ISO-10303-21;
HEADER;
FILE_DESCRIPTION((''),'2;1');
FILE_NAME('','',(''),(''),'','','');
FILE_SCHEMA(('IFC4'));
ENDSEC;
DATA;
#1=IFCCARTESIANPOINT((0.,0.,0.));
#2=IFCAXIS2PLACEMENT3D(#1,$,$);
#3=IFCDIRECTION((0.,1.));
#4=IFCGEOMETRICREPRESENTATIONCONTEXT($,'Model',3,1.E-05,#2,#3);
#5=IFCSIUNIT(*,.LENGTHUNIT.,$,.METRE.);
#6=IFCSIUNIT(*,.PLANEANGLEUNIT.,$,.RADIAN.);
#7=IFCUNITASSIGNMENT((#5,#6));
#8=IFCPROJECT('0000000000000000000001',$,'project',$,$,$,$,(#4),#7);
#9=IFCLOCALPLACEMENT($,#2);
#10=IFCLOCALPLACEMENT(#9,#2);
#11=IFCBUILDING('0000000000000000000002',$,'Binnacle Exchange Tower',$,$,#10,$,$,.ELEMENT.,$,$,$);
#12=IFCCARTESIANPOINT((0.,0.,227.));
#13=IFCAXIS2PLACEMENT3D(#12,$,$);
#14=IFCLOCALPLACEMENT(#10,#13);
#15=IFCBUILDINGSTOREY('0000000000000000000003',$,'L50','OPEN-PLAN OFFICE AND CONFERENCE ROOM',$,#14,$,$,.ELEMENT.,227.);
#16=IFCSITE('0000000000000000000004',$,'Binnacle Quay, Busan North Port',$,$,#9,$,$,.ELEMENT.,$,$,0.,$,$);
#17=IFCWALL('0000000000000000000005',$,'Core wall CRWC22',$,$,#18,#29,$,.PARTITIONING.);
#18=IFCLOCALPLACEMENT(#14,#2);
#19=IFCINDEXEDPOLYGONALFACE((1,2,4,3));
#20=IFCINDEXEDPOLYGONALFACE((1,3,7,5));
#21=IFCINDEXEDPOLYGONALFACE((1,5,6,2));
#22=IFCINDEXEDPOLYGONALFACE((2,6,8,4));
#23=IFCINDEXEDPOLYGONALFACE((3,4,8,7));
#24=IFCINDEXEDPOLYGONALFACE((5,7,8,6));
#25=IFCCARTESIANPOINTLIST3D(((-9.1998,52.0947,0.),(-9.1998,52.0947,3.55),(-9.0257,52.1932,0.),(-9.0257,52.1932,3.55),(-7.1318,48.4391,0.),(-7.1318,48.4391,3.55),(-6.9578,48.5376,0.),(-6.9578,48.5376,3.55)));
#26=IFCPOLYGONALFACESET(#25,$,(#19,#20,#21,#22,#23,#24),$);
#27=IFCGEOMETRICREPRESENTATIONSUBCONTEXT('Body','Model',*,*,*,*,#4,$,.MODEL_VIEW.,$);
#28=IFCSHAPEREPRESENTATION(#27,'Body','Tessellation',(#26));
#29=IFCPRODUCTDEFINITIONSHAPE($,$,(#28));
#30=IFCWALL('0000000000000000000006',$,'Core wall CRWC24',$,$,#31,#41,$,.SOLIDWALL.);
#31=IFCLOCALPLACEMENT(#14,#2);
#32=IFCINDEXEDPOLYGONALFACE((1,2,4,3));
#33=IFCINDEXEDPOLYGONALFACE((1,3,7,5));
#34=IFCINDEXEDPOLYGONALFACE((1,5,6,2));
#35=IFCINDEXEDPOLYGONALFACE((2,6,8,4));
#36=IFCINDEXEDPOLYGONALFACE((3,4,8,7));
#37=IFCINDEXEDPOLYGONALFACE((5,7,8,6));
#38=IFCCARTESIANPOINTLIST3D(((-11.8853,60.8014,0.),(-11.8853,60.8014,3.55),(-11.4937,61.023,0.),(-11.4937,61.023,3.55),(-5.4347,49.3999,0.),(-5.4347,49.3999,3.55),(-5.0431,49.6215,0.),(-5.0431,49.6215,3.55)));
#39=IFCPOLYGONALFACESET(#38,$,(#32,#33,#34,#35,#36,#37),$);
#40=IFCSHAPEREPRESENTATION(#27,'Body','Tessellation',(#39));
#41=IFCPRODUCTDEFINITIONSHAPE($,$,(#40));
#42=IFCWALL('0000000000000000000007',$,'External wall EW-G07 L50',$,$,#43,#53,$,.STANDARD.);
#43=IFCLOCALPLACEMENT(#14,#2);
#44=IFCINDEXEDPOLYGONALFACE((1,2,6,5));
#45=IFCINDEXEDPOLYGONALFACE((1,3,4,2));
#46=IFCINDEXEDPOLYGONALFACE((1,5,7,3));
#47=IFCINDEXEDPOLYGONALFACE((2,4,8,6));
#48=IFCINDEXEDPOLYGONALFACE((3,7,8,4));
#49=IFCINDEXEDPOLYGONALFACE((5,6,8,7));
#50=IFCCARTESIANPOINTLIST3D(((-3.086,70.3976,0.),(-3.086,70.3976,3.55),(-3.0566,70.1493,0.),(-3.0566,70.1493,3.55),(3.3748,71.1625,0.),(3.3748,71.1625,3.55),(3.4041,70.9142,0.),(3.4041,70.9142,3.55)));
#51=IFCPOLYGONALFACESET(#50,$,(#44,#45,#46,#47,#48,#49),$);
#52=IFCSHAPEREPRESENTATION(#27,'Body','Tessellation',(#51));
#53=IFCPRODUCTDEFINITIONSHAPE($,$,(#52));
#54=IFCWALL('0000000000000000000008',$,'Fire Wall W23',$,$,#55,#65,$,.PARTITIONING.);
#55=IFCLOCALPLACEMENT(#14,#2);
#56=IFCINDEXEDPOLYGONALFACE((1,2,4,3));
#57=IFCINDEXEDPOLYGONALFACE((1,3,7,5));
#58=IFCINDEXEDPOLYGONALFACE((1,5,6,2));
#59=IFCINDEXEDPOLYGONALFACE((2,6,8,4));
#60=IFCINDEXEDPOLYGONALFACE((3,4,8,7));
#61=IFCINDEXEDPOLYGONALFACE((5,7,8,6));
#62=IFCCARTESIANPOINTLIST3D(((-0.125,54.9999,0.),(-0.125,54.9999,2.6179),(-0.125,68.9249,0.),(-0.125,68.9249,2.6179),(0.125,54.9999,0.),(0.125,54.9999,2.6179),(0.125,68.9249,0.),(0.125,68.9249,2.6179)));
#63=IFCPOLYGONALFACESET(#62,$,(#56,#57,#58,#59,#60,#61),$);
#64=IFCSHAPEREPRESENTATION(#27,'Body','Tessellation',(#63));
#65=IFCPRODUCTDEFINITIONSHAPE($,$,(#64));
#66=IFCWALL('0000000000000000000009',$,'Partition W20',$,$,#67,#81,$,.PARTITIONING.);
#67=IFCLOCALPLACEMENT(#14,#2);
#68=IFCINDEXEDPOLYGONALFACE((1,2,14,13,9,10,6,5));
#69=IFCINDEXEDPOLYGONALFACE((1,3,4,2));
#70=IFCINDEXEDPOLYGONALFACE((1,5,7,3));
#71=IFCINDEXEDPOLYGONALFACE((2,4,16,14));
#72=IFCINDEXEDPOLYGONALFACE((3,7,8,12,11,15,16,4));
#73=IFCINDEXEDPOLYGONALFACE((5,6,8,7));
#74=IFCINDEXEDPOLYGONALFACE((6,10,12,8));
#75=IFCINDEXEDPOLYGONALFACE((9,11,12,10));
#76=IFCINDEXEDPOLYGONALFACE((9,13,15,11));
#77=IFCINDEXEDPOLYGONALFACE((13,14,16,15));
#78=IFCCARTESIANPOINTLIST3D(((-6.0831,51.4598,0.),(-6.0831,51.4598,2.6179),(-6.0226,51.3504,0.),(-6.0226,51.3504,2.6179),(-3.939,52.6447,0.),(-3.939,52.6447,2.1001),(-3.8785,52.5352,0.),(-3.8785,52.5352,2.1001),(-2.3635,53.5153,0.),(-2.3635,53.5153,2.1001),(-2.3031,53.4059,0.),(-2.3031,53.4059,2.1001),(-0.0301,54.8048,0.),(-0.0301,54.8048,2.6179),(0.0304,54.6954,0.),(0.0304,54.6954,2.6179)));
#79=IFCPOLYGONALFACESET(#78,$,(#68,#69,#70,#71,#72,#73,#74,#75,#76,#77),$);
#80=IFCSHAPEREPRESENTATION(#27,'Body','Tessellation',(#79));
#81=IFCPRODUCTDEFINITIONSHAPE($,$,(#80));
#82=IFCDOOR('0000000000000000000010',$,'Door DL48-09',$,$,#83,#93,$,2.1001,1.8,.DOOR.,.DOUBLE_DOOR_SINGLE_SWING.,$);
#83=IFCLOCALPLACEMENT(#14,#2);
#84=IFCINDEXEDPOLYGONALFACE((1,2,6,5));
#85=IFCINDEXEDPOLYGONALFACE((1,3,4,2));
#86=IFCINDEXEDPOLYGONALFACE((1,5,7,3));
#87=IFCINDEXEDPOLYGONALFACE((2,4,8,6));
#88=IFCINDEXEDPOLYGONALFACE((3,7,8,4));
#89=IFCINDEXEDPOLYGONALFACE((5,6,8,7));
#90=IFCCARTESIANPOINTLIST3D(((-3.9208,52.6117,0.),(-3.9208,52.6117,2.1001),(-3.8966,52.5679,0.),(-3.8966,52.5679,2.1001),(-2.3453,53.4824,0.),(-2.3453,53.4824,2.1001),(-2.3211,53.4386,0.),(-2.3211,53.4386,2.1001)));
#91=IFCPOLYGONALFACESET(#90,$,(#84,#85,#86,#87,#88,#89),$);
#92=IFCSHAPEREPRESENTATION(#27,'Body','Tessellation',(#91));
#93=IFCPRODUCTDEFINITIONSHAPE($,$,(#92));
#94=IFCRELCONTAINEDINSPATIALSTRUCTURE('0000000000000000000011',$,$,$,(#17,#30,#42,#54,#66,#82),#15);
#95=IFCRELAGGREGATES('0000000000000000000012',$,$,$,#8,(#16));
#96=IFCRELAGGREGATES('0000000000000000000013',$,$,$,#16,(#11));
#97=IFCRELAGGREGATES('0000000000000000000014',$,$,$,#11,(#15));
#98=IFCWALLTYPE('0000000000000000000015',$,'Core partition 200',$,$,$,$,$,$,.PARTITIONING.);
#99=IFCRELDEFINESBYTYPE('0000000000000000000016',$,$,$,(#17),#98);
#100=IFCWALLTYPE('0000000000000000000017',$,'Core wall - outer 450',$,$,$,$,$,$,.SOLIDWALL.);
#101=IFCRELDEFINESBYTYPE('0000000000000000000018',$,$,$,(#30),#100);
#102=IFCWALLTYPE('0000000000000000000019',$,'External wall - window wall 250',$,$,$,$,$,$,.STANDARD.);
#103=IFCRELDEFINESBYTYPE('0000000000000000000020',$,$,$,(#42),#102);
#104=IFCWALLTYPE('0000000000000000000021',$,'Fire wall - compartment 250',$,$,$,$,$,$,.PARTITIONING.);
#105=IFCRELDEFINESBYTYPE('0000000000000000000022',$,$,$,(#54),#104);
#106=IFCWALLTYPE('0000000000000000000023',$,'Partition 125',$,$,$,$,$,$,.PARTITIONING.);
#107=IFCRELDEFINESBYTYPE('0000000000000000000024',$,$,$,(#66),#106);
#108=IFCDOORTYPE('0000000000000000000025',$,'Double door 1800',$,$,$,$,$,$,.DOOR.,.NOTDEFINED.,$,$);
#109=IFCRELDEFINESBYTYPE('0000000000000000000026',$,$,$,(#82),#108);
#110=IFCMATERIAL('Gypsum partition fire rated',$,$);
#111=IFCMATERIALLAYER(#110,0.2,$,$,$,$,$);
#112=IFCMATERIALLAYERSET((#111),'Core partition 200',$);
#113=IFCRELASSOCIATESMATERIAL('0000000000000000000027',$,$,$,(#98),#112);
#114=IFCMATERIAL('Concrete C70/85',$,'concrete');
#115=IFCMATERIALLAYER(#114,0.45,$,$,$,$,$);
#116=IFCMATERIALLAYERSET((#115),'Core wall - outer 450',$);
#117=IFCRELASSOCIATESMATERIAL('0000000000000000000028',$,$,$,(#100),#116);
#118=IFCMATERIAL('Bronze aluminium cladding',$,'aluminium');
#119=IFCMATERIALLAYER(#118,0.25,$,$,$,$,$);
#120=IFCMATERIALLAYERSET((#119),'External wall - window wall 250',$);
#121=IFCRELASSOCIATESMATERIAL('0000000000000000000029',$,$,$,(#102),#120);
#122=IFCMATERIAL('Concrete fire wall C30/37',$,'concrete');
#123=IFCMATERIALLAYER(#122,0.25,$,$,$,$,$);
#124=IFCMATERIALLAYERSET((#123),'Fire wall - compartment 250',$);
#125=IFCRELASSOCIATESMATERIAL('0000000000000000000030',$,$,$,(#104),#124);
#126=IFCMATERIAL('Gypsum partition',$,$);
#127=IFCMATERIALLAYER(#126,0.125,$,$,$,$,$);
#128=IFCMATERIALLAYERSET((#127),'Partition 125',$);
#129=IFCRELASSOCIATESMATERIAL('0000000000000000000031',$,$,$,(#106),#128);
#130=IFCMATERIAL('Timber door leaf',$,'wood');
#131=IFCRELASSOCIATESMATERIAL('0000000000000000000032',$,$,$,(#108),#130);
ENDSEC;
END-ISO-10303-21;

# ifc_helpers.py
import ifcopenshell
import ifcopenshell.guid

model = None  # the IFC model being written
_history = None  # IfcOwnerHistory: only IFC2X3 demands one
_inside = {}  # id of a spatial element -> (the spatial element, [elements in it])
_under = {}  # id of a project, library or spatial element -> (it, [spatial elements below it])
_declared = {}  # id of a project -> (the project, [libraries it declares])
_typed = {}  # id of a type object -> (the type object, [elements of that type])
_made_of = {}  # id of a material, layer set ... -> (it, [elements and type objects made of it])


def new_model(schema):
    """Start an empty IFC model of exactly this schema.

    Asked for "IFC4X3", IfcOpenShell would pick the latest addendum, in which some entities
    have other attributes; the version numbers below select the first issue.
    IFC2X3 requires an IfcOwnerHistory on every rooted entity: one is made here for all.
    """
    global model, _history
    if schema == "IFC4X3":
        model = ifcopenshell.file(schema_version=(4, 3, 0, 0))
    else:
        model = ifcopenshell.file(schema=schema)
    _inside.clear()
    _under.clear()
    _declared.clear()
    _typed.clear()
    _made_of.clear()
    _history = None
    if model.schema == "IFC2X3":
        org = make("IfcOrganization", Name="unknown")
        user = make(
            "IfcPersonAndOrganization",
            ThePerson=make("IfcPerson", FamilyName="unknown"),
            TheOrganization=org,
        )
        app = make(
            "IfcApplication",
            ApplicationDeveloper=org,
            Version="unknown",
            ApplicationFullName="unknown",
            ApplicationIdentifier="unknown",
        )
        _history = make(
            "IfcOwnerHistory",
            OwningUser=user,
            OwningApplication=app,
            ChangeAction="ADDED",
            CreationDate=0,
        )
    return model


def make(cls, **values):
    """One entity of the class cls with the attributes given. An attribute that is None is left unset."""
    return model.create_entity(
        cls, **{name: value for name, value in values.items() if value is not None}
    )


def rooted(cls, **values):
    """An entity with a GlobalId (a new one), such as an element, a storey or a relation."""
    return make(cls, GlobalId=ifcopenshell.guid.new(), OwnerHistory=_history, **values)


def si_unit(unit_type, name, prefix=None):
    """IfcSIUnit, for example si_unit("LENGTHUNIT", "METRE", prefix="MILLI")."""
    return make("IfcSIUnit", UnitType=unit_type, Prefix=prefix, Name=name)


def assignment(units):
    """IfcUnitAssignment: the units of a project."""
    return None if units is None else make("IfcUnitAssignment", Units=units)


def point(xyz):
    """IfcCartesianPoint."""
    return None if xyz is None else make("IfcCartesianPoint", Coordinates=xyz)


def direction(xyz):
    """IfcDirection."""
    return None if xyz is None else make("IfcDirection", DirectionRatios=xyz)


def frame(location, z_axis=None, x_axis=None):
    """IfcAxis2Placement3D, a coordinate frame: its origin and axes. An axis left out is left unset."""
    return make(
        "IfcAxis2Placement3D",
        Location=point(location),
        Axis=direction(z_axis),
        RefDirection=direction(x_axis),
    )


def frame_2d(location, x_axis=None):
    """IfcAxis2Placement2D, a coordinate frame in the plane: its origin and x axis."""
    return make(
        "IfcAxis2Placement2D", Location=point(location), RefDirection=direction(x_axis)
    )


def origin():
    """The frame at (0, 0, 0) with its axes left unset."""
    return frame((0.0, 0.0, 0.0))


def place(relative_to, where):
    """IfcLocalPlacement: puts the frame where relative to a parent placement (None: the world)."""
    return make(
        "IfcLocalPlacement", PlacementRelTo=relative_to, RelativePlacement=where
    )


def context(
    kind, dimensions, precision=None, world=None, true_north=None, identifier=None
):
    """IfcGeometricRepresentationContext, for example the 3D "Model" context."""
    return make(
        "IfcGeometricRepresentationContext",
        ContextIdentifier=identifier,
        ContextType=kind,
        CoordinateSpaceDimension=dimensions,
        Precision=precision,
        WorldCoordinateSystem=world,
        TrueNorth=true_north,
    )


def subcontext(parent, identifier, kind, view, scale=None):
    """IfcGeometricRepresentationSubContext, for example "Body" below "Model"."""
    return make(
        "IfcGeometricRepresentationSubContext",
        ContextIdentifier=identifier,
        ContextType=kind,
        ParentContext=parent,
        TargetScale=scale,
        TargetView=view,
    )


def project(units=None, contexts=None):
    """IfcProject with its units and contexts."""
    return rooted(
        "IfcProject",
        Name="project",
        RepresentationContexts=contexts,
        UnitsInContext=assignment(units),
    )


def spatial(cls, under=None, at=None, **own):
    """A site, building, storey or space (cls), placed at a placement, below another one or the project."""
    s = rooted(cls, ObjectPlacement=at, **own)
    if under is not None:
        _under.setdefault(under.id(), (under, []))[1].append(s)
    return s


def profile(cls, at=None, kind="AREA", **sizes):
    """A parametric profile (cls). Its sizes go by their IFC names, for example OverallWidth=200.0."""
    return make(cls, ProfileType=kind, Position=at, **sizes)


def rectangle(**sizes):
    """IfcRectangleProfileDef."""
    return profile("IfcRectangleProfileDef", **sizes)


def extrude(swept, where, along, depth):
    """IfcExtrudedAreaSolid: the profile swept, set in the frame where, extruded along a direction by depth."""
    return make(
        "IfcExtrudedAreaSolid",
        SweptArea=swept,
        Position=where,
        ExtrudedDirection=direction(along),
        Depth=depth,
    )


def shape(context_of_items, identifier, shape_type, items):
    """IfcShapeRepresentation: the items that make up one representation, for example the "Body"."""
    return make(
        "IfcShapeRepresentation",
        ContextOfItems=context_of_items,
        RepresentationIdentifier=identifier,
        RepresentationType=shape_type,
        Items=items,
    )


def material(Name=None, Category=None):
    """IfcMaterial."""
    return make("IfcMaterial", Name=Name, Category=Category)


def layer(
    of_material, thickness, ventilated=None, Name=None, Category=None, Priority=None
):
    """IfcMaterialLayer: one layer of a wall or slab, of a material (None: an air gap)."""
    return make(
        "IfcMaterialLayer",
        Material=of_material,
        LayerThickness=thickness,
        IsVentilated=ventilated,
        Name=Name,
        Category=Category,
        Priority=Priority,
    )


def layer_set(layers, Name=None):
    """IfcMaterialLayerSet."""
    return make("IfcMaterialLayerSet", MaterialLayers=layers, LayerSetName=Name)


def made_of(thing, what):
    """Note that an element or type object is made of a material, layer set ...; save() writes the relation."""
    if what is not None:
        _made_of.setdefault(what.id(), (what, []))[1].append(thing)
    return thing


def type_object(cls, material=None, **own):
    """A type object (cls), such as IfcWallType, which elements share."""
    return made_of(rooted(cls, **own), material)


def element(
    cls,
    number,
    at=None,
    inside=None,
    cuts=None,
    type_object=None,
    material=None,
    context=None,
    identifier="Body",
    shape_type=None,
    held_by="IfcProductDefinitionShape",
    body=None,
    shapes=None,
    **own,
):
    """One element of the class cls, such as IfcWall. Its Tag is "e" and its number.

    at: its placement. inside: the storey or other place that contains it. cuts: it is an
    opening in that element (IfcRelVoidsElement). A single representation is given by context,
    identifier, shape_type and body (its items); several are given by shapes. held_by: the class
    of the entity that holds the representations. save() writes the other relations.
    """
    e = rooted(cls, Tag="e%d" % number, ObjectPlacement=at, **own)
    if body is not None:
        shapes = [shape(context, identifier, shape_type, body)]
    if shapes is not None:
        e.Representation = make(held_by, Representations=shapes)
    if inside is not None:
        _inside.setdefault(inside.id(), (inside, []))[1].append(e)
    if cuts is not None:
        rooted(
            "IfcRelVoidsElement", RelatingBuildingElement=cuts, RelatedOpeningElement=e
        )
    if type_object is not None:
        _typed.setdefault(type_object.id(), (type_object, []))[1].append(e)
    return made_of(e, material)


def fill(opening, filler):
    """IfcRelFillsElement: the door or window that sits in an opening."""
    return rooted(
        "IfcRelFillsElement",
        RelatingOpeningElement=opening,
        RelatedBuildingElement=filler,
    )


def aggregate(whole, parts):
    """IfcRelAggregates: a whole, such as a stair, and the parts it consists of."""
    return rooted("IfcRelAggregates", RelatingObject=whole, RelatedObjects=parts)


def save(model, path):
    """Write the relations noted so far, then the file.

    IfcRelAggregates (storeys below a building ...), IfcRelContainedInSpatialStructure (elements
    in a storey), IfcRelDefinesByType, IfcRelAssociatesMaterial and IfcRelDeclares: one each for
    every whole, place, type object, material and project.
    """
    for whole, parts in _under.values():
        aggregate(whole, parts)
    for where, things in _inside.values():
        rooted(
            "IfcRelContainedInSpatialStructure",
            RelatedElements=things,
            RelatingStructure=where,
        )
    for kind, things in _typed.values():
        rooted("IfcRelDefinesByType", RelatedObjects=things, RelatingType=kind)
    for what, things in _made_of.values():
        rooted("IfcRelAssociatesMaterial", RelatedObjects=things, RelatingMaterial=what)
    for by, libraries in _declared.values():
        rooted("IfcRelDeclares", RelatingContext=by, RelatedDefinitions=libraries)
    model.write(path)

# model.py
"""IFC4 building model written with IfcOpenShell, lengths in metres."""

from ifc_helpers import new_model, si_unit, direction, frame, frame_2d, origin, place, context, subcontext, project, spatial, rectangle, extrude, material, layer, layer_set, type_object, element, fill, save


model = new_model("IFC4")

# Units and contexts
model_context = context("Model", 3, precision=1e-05, world=origin(), true_north=direction((0.0, 1.0)))
body_context = subcontext(model_context, "Body", "Model", "MODEL_VIEW")
ifc_project = project(units=[si_unit("LENGTHUNIT", "METRE"), si_unit("PLANEANGLEUNIT", "RADIAN")], contexts=[model_context])

# Site, building, storey
site_placement = place(None, origin())
site = spatial("IfcSite", under=ifc_project, at=site_placement, Name="Binnacle Quay, Busan North Port", CompositionType="ELEMENT", RefElevation=0.0)
building_placement = place(site_placement, origin())
building = spatial("IfcBuilding", under=site, at=building_placement, Name="Binnacle Exchange Tower", CompositionType="ELEMENT")
storey_placement = place(building_placement, frame((0.0, 0.0, 227.0)))
storey = spatial("IfcBuildingStorey", under=building, at=storey_placement, Name="L50", Description="OPEN-PLAN OFFICE AND CONFERENCE ROOM", CompositionType="ELEMENT", Elevation=227.0)

# Walls
ifc_material_1 = material(Name="Gypsum partition fire rated")
ifc_layer_1 = layer(ifc_material_1, 0.2)
ifc_layer_set_1 = layer_set([ifc_layer_1], Name="Core partition 200")
wall_type_1 = type_object("IfcWallType", Name="Core partition 200", PredefinedType="PARTITIONING", material=ifc_layer_set_1)
wall_1_placement = place(storey_placement, frame((-9.1128, 52.144, 0.0), z_axis=(0.0, 0.0, 1.0), x_axis=(0.492366, -0.870388, 0.0)))
element("IfcWall", 1, at=wall_1_placement, inside=storey, type_object=wall_type_1, Name="Core wall CRWC22", PredefinedType="PARTITIONING", context=body_context, shape_type="SweptSolid", body=[
    extrude(rectangle(XDim=4.2, YDim=0.2, at=frame_2d((2.1001, 0.0))), origin(), (0.0, 0.0, 1.0), 3.55),
])
ifc_material_2 = material(Name="Concrete C70/85", Category="concrete")
ifc_layer_2 = layer(ifc_material_2, 0.45)
ifc_layer_set_2 = layer_set([ifc_layer_2], Name="Core wall - outer 450")
wall_type_2 = type_object("IfcWallType", Name="Core wall - outer 450", PredefinedType="SOLIDWALL", material=ifc_layer_set_2)
wall_2_placement = place(storey_placement, frame((-11.6895, 60.9121, 0.0), z_axis=(0.0, 0.0, 1.0), x_axis=(0.492421, -0.870357, 0.0)))
element("IfcWall", 2, at=wall_2_placement, inside=storey, type_object=wall_type_2, Name="Core wall CRWC24", PredefinedType="SOLIDWALL", context=body_context, shape_type="SweptSolid", body=[
    extrude(rectangle(XDim=13.0999, YDim=0.45, at=frame_2d((6.5498, 0.0))), origin(), (0.0, 0.0, 1.0), 3.55),
])
ifc_material_3 = material(Name="Bronze aluminium cladding", Category="aluminium")
ifc_layer_3 = layer(ifc_material_3, 0.25)
ifc_layer_set_3 = layer_set([ifc_layer_3], Name="External wall - window wall 250")
wall_type_3 = type_object("IfcWallType", Name="External wall - window wall 250", PredefinedType="STANDARD", material=ifc_layer_set_3)
wall_3_placement = place(storey_placement, frame((-3.0713, 70.2734, 0.0), z_axis=(0.0, 0.0, 1.0), x_axis=(0.993065, 0.117571, 0.0)))
element("IfcWall", 3, at=wall_3_placement, inside=storey, type_object=wall_type_3, Name="External wall EW-G07 L50", PredefinedType="STANDARD", context=body_context, shape_type="SweptSolid", body=[
    extrude(rectangle(XDim=6.5059, YDim=0.25, at=frame_2d((3.2529, 0.0))), origin(), (0.0, 0.0, 1.0), 3.55),
])
ifc_material_4 = material(Name="Concrete fire wall C30/37", Category="concrete")
ifc_layer_4 = layer(ifc_material_4, 0.25)
ifc_layer_set_4 = layer_set([ifc_layer_4], Name="Fire wall - compartment 250")
wall_type_4 = type_object("IfcWallType", Name="Fire wall - compartment 250", PredefinedType="PARTITIONING", material=ifc_layer_set_4)
wall_4_placement = place(storey_placement, frame((0.0, 55.0, 0.0), z_axis=(0.0, 0.0, 1.0), x_axis=(0.0, 1.0, 0.0)))
element("IfcWall", 4, at=wall_4_placement, inside=storey, type_object=wall_type_4, Name="Fire Wall W23", PredefinedType="PARTITIONING", context=body_context, shape_type="SweptSolid", body=[
    extrude(rectangle(XDim=13.925, YDim=0.25, at=frame_2d((6.9624, 0.0))), origin(), (0.0, 0.0, 1.0), 2.6179),
])

# Wall, opening, door
ifc_material_5 = material(Name="Gypsum partition")
ifc_layer_5 = layer(ifc_material_5, 0.125)
ifc_layer_set_5 = layer_set([ifc_layer_5], Name="Partition 125")
wall_type_5 = type_object("IfcWallType", Name="Partition 125", PredefinedType="PARTITIONING", material=ifc_layer_set_5)
wall_5_placement = place(storey_placement, frame((-6.053, 51.405, 0.0), z_axis=(0.0, 0.0, 1.0), x_axis=(0.875247, 0.483675, 0.0)))
wall_5 = element("IfcWall", 5, at=wall_5_placement, inside=storey, type_object=wall_type_5, Name="Partition W20", PredefinedType="PARTITIONING", context=body_context, shape_type="SweptSolid", body=[
    extrude(rectangle(XDim=6.9158, YDim=0.125, at=frame_2d((3.458, 0.0))), origin(), (0.0, 0.0, 1.0), 2.6179),
])
opening_placement = place(wall_5_placement, frame((2.45, 0.0, 0.0)))
opening = element("IfcOpeningElement", 6, at=opening_placement, cuts=wall_5, PredefinedType="OPENING", context=body_context, shape_type="SweptSolid", body=[
    extrude(rectangle(XDim=1.8, YDim=2.1001, at=frame_2d((0.8999, 1.05))), frame((0.0, 0.0725, 0.0), z_axis=(0.0, -1.0, 0.0), x_axis=(1.0, 0.0, 0.0)), (0.0, 0.0, 1.0), 0.145),
])
ifc_material_6 = material(Name="Timber door leaf", Category="wood")
door_type = type_object("IfcDoorType", Name="Double door 1800", OperationType="NOTDEFINED", PredefinedType="DOOR", material=ifc_material_6)
door_placement = place(opening_placement, origin())
door = element("IfcDoor", 7, at=door_placement, inside=storey, type_object=door_type, Name="Door DL48-09", OperationType="DOUBLE_DOOR_SINGLE_SWING", OverallHeight=2.1001, OverallWidth=1.8, PredefinedType="DOOR", context=body_context, shape_type="SweptSolid", body=[
    extrude(rectangle(XDim=1.8, YDim=2.1001, at=frame_2d((0.8999, 1.05))), frame((0.0, 0.0249, 0.0), z_axis=(0.0, -1.0, 0.0), x_axis=(1.0, 0.0, 0.0)), (0.0, 0.0, 1.0), 0.05),
])
fill(opening, door)

save(model, "model.ifc")
